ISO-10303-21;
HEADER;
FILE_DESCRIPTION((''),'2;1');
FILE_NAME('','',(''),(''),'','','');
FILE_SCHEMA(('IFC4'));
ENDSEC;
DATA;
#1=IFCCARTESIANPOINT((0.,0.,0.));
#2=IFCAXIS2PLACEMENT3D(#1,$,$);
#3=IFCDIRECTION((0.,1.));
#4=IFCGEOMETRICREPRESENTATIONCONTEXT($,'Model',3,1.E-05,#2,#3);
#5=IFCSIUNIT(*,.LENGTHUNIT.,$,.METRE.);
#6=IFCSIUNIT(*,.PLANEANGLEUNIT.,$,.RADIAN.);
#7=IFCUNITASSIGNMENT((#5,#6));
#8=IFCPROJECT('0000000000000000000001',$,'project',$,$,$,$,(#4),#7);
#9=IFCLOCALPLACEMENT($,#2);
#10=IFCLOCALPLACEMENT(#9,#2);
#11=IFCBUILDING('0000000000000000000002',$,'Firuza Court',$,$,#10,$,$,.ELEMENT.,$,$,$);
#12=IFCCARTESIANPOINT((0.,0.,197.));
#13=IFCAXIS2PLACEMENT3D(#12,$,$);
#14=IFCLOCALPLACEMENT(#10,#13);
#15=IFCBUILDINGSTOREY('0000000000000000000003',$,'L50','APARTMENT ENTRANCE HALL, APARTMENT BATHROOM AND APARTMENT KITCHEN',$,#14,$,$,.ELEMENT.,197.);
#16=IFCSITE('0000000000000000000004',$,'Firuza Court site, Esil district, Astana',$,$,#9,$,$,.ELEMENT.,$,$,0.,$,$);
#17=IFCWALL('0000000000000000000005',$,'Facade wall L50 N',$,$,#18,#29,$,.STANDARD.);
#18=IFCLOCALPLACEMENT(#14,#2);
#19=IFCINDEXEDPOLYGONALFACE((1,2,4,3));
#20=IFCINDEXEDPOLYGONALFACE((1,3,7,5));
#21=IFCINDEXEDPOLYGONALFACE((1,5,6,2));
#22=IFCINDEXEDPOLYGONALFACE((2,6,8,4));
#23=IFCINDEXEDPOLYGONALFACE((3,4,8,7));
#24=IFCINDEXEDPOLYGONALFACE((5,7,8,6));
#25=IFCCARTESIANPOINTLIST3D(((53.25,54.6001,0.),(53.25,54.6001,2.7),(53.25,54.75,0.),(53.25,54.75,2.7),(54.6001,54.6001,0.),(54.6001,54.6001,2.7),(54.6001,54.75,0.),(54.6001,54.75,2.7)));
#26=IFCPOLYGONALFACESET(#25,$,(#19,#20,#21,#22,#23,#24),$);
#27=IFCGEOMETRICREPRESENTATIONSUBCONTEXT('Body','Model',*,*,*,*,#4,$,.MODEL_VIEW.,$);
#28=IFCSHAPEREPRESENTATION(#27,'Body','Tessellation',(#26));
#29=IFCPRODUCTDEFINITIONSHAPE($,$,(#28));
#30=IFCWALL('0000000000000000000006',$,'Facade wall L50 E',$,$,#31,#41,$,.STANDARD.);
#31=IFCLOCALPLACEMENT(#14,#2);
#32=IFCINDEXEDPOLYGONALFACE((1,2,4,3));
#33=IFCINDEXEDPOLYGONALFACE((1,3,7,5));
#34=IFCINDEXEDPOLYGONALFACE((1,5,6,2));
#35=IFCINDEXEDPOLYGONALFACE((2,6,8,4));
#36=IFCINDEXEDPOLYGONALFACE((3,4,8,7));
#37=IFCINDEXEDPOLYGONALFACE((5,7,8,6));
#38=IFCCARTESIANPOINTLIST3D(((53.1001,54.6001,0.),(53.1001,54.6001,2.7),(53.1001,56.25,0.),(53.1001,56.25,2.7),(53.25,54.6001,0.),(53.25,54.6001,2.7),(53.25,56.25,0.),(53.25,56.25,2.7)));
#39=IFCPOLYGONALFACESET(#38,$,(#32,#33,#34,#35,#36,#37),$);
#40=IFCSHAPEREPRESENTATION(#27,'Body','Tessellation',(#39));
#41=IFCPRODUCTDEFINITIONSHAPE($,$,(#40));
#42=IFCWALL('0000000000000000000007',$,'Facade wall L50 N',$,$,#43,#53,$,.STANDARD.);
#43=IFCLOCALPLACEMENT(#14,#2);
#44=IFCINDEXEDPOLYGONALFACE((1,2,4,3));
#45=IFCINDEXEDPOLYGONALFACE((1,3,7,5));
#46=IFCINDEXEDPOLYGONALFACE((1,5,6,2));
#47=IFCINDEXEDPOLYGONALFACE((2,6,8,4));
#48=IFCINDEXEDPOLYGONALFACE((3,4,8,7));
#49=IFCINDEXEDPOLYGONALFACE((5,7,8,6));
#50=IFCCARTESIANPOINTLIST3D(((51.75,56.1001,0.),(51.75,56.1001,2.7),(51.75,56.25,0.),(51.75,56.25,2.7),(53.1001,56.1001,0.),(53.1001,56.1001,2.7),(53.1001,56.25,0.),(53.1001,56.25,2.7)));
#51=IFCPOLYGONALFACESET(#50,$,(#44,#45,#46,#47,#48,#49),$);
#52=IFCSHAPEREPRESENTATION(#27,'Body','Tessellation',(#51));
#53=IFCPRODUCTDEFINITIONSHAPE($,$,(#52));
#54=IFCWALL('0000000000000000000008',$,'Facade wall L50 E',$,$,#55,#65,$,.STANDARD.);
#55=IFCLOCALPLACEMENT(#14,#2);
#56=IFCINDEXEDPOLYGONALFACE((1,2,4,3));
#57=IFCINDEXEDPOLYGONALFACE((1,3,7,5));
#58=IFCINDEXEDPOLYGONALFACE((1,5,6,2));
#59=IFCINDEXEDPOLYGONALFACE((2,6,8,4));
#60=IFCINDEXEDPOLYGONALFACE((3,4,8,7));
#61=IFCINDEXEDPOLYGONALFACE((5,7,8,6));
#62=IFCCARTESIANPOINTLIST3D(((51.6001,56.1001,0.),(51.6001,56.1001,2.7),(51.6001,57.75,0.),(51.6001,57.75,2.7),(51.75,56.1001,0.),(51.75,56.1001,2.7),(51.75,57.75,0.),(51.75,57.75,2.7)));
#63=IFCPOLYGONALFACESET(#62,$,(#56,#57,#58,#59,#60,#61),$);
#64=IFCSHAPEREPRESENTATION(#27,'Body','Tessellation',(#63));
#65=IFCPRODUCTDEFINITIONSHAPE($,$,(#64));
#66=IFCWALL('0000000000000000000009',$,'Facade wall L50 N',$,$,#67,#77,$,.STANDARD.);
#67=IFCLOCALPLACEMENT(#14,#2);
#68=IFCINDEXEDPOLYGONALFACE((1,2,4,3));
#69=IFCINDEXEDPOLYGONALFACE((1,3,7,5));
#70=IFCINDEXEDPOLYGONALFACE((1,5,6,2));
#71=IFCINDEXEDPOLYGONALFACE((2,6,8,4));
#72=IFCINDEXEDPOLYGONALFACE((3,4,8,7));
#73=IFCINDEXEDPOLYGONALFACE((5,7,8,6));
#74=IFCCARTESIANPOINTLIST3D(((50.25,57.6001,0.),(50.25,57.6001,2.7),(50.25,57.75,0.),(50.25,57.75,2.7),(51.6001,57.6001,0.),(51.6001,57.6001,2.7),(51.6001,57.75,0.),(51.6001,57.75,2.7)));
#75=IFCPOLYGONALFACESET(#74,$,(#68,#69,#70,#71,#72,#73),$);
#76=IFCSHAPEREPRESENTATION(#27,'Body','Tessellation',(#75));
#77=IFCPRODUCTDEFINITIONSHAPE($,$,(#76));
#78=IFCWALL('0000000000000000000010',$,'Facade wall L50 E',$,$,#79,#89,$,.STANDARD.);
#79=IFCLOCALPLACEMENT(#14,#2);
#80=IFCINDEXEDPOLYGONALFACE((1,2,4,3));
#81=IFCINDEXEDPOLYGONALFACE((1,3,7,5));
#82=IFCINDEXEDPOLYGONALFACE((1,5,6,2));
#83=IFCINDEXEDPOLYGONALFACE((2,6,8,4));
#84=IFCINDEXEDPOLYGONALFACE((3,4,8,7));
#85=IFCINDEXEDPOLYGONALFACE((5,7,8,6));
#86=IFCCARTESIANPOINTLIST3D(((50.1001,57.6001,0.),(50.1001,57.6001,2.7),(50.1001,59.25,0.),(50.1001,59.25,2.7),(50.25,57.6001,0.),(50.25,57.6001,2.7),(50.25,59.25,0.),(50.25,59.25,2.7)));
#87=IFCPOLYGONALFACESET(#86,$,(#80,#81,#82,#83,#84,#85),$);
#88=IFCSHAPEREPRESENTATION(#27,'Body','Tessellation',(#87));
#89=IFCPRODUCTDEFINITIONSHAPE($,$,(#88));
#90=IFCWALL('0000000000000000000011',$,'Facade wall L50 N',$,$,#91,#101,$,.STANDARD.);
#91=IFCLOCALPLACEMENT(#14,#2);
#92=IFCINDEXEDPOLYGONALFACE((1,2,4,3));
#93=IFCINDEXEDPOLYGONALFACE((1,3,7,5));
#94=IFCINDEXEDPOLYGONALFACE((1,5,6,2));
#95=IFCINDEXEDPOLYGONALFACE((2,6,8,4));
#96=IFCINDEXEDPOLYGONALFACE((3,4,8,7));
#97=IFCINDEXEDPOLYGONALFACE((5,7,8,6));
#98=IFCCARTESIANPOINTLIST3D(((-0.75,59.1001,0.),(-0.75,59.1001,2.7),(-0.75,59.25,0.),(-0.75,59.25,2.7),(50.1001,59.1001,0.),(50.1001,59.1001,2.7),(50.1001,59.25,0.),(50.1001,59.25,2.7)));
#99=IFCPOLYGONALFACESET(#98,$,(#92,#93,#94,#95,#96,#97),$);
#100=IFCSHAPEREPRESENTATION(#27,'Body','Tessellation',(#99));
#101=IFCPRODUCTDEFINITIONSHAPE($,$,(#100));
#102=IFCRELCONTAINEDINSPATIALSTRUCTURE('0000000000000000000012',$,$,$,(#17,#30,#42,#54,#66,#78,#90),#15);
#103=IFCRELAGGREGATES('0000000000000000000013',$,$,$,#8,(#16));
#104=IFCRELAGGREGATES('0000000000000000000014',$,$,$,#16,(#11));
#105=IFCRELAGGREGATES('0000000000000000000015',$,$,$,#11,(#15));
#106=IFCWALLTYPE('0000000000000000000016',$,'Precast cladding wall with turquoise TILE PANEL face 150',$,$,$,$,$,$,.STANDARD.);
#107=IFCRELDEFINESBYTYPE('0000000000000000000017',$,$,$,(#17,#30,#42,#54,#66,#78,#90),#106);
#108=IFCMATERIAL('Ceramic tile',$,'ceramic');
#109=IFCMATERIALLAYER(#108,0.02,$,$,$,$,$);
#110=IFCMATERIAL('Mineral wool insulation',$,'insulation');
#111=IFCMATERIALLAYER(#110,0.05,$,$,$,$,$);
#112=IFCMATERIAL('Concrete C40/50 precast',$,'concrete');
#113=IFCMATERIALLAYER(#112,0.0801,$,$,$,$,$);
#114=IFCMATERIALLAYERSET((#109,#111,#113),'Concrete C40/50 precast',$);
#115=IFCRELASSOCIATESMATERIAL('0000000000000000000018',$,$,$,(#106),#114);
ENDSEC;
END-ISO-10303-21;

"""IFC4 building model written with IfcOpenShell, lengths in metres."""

from ifc_helpers import new_model, si_unit, direction, frame, frame_2d, origin, place, context, subcontext, project, spatial, rectangle, extrude, material, layer, layer_set, type_object, element, save


model = new_model("IFC4")

# Units and contexts
model_context = context("Model", 3, precision=1e-05, world=origin(), true_north=direction((0.0, 1.0)))
body_context = subcontext(model_context, "Body", "Model", "MODEL_VIEW")
ifc_project = project(units=[si_unit("LENGTHUNIT", "METRE"), si_unit("PLANEANGLEUNIT", "RADIAN")], contexts=[model_context])

# Site, building, storey
site_placement = place(None, origin())
site = spatial("IfcSite", under=ifc_project, at=site_placement, Name="Firuza Court site, Esil district, Astana", CompositionType="ELEMENT", RefElevation=0.0)
building_placement = place(site_placement, origin())
building = spatial("IfcBuilding", under=site, at=building_placement, Name="Firuza Court", CompositionType="ELEMENT")
storey_placement = place(building_placement, frame((0.0, 0.0, 197.0)))
storey = spatial("IfcBuildingStorey", under=building, at=storey_placement, Name="L50", Description="APARTMENT ENTRANCE HALL, APARTMENT BATHROOM AND APARTMENT KITCHEN", CompositionType="ELEMENT", Elevation=197.0)

# Walls
ifc_material_1 = material(Name="Ceramic tile", Category="ceramic")
ifc_layer_1 = layer(ifc_material_1, 0.02)
ifc_material_2 = material(Name="Mineral wool insulation", Category="insulation")
ifc_layer_2 = layer(ifc_material_2, 0.05)
ifc_material_3 = material(Name="Concrete C40/50 precast", Category="concrete")
ifc_layer_3 = layer(ifc_material_3, 0.0801)
ifc_layer_set_1 = layer_set([ifc_layer_1, ifc_layer_2, ifc_layer_3], Name="Concrete C40/50 precast")
wall_type_1 = type_object("IfcWallType", Name="Precast cladding wall with turquoise TILE PANEL face 150", PredefinedType="STANDARD", material=ifc_layer_set_1)
wall_1_placement = place(storey_placement, frame((54.6001, 54.675, 0.0), z_axis=(0.0, 0.0, 1.0), x_axis=(-1.0, 0.0, 0.0)))
element("IfcWall", 1, at=wall_1_placement, inside=storey, type_object=wall_type_1, Name="Facade wall L50 N", PredefinedType="STANDARD", context=body_context, shape_type="SweptSolid", body=[
    extrude(rectangle(XDim=1.3501, YDim=0.1499, at=frame_2d((0.675, 0.0))), origin(), (0.0, 0.0, 1.0), 2.7),
])
wall_2_placement = place(storey_placement, frame((53.175, 54.6001, 0.0), z_axis=(0.0, 0.0, 1.0), x_axis=(0.0, 1.0, 0.0)))
element("IfcWall", 2, at=wall_2_placement, inside=storey, type_object=wall_type_1, Name="Facade wall L50 E", PredefinedType="STANDARD", context=body_context, shape_type="SweptSolid", body=[
    extrude(rectangle(XDim=1.6499, YDim=0.1499, at=frame_2d((0.825, 0.0))), origin(), (0.0, 0.0, 1.0), 2.7),
])
wall_3_placement = place(storey_placement, frame((53.1001, 56.175, 0.0), z_axis=(0.0, 0.0, 1.0), x_axis=(-1.0, 0.0, 0.0)))
element("IfcWall", 3, at=wall_3_placement, inside=storey, type_object=wall_type_1, Name="Facade wall L50 N", PredefinedType="STANDARD", context=body_context, shape_type="SweptSolid", body=[
    extrude(rectangle(XDim=1.3501, YDim=0.1499, at=frame_2d((0.675, 0.0))), origin(), (0.0, 0.0, 1.0), 2.7),
])
wall_4_placement = place(storey_placement, frame((51.675, 56.1001, 0.0), z_axis=(0.0, 0.0, 1.0), x_axis=(0.0, 1.0, 0.0)))
element("IfcWall", 4, at=wall_4_placement, inside=storey, type_object=wall_type_1, Name="Facade wall L50 E", PredefinedType="STANDARD", context=body_context, shape_type="SweptSolid", body=[
    extrude(rectangle(XDim=1.6499, YDim=0.1499, at=frame_2d((0.825, 0.0))), origin(), (0.0, 0.0, 1.0), 2.7),
])
wall_5_placement = place(storey_placement, frame((51.6001, 57.675, 0.0), z_axis=(0.0, 0.0, 1.0), x_axis=(-1.0, 0.0, 0.0)))
element("IfcWall", 5, at=wall_5_placement, inside=storey, type_object=wall_type_1, Name="Facade wall L50 N", PredefinedType="STANDARD", context=body_context, shape_type="SweptSolid", body=[
    extrude(rectangle(XDim=1.3501, YDim=0.1499, at=frame_2d((0.675, 0.0))), origin(), (0.0, 0.0, 1.0), 2.7),
])
wall_6_placement = place(storey_placement, frame((50.175, 57.6001, 0.0), z_axis=(0.0, 0.0, 1.0), x_axis=(0.0, 1.0, 0.0)))
element("IfcWall", 6, at=wall_6_placement, inside=storey, type_object=wall_type_1, Name="Facade wall L50 E", PredefinedType="STANDARD", context=body_context, shape_type="SweptSolid", body=[
    extrude(rectangle(XDim=1.6499, YDim=0.1499, at=frame_2d((0.825, 0.0))), origin(), (0.0, 0.0, 1.0), 2.7),
])
wall_7_placement = place(storey_placement, frame((50.1001, 59.175, 0.0), z_axis=(0.0, 0.0, 1.0), x_axis=(-1.0, 0.0, 0.0)))
element("IfcWall", 7, at=wall_7_placement, inside=storey, type_object=wall_type_1, Name="Facade wall L50 N", PredefinedType="STANDARD", context=body_context, shape_type="SweptSolid", body=[
    extrude(rectangle(XDim=50.8501, YDim=0.1499, at=frame_2d((25.425, 0.0))), origin(), (0.0, 0.0, 1.0), 2.7),
])

save(model, "model.ifc")
